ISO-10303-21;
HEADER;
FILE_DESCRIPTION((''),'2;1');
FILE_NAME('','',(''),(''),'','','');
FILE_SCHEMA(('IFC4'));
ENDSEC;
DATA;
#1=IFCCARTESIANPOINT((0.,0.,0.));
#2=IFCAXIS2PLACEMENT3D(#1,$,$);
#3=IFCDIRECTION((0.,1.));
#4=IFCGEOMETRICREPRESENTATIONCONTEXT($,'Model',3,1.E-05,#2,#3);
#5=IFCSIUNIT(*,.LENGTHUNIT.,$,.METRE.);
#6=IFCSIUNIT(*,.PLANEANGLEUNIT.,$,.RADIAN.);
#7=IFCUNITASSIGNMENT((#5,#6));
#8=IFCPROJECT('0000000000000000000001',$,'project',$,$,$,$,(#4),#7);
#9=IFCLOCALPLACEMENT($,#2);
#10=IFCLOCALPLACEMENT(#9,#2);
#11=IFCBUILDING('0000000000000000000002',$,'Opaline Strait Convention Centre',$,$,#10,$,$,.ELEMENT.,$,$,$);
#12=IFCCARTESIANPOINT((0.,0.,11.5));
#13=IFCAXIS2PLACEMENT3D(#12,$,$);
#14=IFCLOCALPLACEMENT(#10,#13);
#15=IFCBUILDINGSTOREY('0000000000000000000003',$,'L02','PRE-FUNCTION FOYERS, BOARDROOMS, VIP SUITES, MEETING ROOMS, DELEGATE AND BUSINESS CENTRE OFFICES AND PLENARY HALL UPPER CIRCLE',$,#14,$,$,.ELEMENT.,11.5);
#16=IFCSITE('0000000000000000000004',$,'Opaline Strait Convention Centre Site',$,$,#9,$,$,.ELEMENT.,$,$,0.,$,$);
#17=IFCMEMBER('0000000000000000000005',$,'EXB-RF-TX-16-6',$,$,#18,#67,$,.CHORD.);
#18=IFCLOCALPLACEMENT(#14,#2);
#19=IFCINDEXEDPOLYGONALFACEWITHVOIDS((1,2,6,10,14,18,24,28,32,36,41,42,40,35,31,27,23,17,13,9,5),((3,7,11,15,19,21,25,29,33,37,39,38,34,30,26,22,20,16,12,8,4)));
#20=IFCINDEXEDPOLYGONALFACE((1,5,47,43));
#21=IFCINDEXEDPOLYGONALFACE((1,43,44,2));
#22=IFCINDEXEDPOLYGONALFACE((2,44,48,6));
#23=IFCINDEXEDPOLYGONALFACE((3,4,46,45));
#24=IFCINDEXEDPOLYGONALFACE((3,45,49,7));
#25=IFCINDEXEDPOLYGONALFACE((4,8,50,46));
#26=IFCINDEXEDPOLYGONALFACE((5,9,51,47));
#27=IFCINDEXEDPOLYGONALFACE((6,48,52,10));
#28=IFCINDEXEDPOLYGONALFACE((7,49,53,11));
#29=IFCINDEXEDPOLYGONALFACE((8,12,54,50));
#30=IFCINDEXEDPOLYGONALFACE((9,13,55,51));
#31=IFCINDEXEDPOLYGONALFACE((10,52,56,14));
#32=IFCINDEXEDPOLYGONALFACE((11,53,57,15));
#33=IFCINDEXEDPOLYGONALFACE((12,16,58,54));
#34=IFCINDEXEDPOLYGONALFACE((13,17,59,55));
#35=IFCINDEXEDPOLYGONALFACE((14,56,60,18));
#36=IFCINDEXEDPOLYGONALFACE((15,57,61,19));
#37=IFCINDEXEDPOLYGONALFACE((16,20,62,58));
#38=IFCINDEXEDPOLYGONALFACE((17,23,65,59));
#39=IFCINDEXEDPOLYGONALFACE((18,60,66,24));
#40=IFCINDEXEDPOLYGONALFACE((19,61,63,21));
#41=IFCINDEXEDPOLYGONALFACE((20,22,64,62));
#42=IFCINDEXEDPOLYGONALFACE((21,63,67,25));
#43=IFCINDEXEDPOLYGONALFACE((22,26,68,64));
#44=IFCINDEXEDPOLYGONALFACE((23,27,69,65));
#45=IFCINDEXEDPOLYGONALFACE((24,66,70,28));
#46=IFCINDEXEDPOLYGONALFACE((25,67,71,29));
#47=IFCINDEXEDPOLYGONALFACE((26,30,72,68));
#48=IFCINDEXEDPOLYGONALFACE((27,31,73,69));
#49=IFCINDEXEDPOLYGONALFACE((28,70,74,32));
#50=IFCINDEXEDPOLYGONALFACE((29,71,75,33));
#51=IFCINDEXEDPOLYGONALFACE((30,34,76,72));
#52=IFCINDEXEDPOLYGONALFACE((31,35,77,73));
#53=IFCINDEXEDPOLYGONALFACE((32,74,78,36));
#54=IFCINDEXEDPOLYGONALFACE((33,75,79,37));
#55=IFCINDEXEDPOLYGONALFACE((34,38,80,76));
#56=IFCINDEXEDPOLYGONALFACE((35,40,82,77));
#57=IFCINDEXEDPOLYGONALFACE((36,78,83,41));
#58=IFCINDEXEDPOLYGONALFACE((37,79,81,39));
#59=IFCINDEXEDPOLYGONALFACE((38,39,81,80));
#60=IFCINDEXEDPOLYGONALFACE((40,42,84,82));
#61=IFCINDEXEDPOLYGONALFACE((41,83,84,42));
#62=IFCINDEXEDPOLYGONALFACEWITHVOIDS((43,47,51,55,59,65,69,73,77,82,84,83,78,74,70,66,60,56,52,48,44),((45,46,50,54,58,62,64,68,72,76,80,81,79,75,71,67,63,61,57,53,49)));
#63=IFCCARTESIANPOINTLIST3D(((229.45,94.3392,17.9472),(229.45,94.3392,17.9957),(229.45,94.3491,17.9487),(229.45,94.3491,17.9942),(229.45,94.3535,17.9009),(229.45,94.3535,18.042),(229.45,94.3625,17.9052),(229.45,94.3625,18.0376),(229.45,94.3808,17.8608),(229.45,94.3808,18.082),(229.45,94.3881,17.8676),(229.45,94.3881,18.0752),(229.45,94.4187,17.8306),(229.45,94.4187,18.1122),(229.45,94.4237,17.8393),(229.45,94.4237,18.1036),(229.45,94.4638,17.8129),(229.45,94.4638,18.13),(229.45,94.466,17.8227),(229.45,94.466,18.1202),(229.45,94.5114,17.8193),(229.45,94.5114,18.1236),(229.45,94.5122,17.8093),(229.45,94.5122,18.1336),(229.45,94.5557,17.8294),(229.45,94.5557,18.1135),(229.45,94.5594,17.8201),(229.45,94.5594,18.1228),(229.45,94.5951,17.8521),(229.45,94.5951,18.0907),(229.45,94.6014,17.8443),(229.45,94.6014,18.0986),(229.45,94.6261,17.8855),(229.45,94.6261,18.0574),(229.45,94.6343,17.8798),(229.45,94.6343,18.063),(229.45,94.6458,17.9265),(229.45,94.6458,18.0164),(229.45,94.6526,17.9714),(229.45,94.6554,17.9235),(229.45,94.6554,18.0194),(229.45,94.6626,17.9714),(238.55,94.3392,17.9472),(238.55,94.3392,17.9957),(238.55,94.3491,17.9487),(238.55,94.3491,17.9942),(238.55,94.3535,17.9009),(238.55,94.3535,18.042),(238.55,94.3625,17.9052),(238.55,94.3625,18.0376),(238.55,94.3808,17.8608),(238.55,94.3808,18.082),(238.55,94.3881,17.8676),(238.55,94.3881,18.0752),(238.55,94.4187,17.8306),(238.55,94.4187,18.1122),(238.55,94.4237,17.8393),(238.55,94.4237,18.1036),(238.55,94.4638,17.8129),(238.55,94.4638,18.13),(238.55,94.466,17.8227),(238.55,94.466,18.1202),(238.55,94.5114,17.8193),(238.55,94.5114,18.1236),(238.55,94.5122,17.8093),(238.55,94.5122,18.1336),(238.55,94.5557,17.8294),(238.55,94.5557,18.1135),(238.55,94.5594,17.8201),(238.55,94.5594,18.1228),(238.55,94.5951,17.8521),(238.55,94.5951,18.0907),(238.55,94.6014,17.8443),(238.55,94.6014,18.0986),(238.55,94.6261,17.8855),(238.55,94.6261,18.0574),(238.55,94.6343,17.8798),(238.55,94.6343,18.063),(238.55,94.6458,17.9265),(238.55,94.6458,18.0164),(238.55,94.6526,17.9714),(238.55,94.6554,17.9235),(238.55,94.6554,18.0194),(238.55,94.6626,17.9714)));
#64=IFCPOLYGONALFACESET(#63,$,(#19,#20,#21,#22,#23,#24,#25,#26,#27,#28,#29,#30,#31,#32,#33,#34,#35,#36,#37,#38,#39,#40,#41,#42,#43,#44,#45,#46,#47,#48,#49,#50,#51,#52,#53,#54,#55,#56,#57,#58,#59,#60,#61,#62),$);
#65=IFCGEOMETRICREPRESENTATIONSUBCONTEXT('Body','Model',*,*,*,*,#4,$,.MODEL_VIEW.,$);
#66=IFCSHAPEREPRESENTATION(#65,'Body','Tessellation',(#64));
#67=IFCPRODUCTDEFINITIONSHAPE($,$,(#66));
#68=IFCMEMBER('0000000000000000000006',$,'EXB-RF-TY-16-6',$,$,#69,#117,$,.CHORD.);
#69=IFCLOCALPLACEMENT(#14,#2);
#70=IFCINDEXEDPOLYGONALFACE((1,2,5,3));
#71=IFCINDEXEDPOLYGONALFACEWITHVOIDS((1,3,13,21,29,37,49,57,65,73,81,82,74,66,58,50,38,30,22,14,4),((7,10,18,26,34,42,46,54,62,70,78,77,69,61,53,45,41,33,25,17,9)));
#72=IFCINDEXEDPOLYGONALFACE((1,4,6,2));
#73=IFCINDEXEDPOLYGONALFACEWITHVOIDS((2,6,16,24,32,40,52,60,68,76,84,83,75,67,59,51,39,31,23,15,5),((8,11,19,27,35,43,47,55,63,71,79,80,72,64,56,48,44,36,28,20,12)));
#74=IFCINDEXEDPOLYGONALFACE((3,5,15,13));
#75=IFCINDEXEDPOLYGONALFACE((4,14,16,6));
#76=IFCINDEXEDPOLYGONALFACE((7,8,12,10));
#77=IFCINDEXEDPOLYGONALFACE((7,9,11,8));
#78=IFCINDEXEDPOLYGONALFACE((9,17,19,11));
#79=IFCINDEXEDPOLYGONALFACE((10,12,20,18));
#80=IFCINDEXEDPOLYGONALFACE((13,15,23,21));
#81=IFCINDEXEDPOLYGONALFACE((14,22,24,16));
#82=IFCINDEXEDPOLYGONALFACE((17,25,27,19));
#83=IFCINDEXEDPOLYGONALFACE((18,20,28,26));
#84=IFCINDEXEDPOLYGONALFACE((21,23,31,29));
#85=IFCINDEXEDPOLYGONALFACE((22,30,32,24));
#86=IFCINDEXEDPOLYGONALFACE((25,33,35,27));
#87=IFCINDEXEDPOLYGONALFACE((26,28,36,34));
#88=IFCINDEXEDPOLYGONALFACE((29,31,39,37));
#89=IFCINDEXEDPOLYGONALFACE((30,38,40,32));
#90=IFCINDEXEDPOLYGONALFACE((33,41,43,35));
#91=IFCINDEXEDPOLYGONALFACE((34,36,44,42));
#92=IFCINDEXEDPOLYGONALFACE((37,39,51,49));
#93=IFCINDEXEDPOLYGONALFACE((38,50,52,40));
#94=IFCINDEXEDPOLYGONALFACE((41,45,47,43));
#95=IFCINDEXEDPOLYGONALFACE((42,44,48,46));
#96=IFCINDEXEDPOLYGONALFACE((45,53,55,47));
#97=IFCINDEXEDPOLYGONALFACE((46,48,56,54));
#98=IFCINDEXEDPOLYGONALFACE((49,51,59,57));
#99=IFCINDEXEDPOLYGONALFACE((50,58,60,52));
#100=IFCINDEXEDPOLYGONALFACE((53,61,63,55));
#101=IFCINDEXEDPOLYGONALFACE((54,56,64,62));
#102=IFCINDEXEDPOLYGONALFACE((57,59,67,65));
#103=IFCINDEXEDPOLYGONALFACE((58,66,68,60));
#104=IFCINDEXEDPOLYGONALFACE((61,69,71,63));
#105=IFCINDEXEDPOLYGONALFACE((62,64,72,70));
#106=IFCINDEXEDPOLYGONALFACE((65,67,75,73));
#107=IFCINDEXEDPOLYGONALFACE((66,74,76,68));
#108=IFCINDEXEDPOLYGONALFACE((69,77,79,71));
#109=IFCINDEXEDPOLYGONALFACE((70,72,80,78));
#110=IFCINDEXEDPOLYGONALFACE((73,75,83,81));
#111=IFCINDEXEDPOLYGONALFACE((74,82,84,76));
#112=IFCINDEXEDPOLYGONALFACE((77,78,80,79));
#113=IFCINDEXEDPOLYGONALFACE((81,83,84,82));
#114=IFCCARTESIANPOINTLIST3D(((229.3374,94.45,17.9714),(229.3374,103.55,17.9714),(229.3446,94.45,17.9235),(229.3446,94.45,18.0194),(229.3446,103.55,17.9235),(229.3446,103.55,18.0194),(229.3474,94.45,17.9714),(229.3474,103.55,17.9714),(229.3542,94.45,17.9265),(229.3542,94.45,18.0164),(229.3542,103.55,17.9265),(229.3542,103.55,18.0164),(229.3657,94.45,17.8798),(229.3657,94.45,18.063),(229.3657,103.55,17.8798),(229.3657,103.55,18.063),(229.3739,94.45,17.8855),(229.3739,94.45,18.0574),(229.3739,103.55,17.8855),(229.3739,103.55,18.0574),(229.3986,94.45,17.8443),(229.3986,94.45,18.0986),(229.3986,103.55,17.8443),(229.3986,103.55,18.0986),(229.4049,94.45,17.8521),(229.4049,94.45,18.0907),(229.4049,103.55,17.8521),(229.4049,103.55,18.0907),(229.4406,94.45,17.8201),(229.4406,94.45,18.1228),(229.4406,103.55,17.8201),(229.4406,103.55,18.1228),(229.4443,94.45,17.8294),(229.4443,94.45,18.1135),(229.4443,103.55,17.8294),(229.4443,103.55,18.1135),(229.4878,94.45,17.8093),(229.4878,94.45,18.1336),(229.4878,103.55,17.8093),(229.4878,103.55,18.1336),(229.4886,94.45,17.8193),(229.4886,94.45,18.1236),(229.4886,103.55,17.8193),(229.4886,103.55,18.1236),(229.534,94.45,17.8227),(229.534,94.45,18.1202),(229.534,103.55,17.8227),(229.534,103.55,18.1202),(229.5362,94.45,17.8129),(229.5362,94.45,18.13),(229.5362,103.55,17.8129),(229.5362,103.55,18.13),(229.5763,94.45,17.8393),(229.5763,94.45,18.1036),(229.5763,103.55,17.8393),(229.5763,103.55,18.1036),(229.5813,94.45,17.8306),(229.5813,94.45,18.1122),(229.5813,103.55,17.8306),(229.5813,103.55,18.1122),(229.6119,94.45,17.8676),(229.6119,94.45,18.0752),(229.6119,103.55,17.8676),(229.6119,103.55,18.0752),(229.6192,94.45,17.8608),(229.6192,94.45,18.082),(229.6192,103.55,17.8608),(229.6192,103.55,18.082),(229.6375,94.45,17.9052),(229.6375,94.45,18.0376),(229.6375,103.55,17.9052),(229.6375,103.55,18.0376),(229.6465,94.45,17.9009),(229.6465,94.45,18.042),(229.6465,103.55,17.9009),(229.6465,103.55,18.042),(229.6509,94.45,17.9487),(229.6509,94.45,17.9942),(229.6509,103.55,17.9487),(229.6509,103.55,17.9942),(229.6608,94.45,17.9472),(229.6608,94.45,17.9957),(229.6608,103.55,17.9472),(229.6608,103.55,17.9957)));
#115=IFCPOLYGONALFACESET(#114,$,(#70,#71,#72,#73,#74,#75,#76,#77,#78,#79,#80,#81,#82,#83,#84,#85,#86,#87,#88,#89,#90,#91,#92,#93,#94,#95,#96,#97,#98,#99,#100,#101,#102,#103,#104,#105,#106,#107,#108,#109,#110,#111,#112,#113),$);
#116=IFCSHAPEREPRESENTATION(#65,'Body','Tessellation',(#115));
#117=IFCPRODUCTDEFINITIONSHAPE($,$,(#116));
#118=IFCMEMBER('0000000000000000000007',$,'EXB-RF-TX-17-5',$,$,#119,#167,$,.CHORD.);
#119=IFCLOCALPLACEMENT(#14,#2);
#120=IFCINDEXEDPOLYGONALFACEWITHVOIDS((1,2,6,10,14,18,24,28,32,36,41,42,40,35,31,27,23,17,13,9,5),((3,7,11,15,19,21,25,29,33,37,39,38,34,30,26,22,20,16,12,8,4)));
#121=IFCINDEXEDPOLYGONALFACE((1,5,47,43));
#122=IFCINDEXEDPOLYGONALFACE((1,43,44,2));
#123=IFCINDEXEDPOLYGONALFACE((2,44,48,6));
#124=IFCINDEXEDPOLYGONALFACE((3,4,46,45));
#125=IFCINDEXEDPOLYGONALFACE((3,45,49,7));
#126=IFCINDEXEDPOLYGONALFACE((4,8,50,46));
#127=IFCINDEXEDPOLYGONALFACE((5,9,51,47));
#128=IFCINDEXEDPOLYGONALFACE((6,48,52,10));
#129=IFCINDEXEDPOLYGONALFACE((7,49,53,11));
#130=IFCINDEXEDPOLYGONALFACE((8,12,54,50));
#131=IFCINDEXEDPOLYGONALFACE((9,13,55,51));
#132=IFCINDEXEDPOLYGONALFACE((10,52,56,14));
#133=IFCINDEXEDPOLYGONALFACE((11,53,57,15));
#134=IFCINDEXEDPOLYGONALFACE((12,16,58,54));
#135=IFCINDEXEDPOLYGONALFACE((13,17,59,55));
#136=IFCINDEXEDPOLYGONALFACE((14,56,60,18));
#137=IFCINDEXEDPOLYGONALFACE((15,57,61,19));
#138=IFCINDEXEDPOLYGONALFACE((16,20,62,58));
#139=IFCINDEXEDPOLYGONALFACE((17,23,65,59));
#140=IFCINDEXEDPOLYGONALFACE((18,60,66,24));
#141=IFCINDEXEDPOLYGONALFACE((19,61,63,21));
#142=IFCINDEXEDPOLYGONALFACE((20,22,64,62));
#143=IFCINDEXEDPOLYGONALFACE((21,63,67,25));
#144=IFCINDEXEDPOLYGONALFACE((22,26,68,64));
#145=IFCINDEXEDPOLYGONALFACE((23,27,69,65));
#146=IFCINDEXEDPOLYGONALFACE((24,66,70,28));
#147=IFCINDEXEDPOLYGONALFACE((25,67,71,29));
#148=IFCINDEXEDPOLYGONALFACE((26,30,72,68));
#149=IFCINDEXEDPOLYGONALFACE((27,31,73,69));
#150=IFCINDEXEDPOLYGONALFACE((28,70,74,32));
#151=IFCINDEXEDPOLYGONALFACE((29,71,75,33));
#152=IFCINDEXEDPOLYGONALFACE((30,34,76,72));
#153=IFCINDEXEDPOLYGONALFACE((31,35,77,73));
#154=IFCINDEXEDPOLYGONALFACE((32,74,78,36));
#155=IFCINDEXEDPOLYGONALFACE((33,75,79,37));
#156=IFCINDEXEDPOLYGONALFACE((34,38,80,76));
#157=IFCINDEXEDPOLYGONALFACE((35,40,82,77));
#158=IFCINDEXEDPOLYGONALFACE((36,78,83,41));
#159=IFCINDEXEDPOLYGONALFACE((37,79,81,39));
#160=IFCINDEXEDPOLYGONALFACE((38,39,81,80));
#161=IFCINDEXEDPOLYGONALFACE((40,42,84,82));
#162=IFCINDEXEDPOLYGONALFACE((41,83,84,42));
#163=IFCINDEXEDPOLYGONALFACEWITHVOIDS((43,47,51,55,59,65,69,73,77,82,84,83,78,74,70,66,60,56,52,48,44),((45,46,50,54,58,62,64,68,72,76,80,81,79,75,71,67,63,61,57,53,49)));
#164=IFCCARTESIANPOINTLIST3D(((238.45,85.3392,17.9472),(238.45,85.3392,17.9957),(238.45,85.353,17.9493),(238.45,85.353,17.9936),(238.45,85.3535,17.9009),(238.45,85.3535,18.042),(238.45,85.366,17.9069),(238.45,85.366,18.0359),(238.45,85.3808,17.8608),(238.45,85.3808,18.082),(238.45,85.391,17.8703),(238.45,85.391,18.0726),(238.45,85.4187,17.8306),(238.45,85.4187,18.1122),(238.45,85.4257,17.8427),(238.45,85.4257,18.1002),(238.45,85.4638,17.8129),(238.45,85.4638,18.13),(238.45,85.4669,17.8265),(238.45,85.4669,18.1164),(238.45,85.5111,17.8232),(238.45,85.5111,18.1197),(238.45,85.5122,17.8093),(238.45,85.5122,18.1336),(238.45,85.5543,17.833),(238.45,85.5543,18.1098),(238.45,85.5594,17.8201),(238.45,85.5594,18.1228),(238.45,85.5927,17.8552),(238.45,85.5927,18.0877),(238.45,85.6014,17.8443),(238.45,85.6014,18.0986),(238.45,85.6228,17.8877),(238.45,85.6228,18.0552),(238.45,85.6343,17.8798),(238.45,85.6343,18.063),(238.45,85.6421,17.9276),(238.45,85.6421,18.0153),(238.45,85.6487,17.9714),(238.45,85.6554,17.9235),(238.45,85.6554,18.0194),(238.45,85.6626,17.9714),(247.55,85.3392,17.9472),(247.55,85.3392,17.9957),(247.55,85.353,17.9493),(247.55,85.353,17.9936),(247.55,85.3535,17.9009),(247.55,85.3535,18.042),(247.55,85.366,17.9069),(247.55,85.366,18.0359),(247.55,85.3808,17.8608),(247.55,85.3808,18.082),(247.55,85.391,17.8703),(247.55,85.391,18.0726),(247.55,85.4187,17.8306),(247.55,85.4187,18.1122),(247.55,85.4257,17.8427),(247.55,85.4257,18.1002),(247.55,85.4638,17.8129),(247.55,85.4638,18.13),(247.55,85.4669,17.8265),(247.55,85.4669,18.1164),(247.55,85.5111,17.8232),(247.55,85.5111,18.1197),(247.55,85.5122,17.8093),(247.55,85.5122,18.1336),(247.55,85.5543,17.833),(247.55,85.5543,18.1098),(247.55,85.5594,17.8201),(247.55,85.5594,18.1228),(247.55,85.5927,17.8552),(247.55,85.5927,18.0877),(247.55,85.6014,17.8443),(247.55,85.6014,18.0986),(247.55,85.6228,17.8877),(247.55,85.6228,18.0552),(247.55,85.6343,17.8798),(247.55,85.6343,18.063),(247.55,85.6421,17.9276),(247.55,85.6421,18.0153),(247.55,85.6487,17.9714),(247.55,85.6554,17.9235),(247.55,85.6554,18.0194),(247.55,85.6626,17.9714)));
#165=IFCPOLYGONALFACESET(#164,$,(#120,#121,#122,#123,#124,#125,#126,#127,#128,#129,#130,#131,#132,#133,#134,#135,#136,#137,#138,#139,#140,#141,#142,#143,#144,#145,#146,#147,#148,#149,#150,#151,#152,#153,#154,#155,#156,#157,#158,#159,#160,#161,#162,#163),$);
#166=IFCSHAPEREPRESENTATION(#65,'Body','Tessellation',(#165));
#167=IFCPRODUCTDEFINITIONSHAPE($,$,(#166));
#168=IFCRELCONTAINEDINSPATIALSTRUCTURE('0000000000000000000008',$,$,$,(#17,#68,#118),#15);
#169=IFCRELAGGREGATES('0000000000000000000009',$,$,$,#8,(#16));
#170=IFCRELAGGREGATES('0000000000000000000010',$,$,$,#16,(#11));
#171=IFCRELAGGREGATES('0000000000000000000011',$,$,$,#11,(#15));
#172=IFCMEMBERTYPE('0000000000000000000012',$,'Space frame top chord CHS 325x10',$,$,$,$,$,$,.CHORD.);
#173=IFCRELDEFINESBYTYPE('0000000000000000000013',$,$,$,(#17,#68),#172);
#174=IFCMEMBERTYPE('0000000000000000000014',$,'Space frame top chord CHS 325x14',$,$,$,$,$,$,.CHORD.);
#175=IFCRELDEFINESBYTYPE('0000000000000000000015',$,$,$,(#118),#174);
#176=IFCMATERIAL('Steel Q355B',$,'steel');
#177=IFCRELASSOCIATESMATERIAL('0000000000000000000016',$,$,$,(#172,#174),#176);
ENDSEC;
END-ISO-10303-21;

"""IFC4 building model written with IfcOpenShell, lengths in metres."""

from ifc_helpers import new_model, si_unit, direction, frame, origin, origin_2d, place, context, subcontext, project, spatial, hollow_circle, extrude, material, material_profile, profile_set, type_object, element, save


model = new_model("IFC4")

# Units and contexts
model_context = context("Model", 3, precision=1e-05, world=origin(), true_north=direction((0.0, 1.0)))
body_context = subcontext(model_context, "Body", "Model", "MODEL_VIEW")
ifc_project = project(units=[si_unit("LENGTHUNIT", "METRE"), si_unit("PLANEANGLEUNIT", "RADIAN")], contexts=[model_context])

# Site, building, storey
site_placement = place(None, origin())
site = spatial("IfcSite", under=ifc_project, at=site_placement, Name="Opaline Strait Convention Centre Site", CompositionType="ELEMENT", RefElevation=0.0)
building_placement = place(site_placement, origin())
building = spatial("IfcBuilding", under=site, at=building_placement, Name="Opaline Strait Convention Centre", CompositionType="ELEMENT")
storey_placement = place(building_placement, frame((0.0, 0.0, 11.5)))
storey = spatial("IfcBuildingStorey", under=building, at=storey_placement, Name="L02", Description="PRE-FUNCTION FOYERS, BOARDROOMS, VIP SUITES, MEETING ROOMS, DELEGATE AND BUSINESS CENTRE OFFICES AND PLENARY HALL UPPER CIRCLE", CompositionType="ELEMENT", Elevation=11.5)

# Members
ifc_material = material(Name="Steel Q355B", Category="steel")
ifc_material_profile_1 = material_profile(ifc_material, hollow_circle(Radius=0.1626, WallThickness=0.01, at=origin_2d()), Name="CHS 325x10")
ifc_profile_set_1 = profile_set([ifc_material_profile_1], Name="Steel Q355B")
member_type_1 = type_object("IfcMemberType", Name="Space frame top chord CHS 325x10", PredefinedType="CHORD", material=ifc_profile_set_1)
for number, where, z_axis, x_axis, name in (
    (1, (229.45, 94.5, 17.9714), (1.0, 0.0, 0.0), (0.0, 1.0, 0.0), "EXB-RF-TX-16-6"),
    (2, (229.5, 94.45, 17.9714), (0.0, 1.0, 0.0), (-1.0, 0.0, 0.0), "EXB-RF-TY-16-6"),
):
    element("IfcMember", number, at=place(storey_placement, frame(where, z_axis=z_axis, x_axis=x_axis)), inside=storey, type_object=member_type_1, Name=name, PredefinedType="CHORD", context=body_context, shape_type="SweptSolid", body=[
        extrude(hollow_circle(Radius=0.1626, WallThickness=0.01, at=origin_2d()), origin(), (0.0, 0.0, 1.0), 9.1001),
    ])
ifc_material_profile_2 = material_profile(ifc_material, hollow_circle(Radius=0.1626, WallThickness=0.0139, at=origin_2d()), Name="CHS 325x14")
ifc_profile_set_2 = profile_set([ifc_material_profile_2], Name="Steel Q355B")
member_type_2 = type_object("IfcMemberType", Name="Space frame top chord CHS 325x14", PredefinedType="CHORD", material=ifc_profile_set_2)
for number, where, z_axis, x_axis, name in (
    (3, (238.45, 85.5, 17.9714), (1.0, 0.0, 0.0), (0.0, 1.0, 0.0), "EXB-RF-TX-17-5"),
):
    element("IfcMember", number, at=place(storey_placement, frame(where, z_axis=z_axis, x_axis=x_axis)), inside=storey, type_object=member_type_2, Name=name, PredefinedType="CHORD", context=body_context, shape_type="SweptSolid", body=[
        extrude(hollow_circle(Radius=0.1626, WallThickness=0.0139, at=origin_2d()), origin(), (0.0, 0.0, 1.0), 9.1001),
    ])

save(model, "model.ifc")
